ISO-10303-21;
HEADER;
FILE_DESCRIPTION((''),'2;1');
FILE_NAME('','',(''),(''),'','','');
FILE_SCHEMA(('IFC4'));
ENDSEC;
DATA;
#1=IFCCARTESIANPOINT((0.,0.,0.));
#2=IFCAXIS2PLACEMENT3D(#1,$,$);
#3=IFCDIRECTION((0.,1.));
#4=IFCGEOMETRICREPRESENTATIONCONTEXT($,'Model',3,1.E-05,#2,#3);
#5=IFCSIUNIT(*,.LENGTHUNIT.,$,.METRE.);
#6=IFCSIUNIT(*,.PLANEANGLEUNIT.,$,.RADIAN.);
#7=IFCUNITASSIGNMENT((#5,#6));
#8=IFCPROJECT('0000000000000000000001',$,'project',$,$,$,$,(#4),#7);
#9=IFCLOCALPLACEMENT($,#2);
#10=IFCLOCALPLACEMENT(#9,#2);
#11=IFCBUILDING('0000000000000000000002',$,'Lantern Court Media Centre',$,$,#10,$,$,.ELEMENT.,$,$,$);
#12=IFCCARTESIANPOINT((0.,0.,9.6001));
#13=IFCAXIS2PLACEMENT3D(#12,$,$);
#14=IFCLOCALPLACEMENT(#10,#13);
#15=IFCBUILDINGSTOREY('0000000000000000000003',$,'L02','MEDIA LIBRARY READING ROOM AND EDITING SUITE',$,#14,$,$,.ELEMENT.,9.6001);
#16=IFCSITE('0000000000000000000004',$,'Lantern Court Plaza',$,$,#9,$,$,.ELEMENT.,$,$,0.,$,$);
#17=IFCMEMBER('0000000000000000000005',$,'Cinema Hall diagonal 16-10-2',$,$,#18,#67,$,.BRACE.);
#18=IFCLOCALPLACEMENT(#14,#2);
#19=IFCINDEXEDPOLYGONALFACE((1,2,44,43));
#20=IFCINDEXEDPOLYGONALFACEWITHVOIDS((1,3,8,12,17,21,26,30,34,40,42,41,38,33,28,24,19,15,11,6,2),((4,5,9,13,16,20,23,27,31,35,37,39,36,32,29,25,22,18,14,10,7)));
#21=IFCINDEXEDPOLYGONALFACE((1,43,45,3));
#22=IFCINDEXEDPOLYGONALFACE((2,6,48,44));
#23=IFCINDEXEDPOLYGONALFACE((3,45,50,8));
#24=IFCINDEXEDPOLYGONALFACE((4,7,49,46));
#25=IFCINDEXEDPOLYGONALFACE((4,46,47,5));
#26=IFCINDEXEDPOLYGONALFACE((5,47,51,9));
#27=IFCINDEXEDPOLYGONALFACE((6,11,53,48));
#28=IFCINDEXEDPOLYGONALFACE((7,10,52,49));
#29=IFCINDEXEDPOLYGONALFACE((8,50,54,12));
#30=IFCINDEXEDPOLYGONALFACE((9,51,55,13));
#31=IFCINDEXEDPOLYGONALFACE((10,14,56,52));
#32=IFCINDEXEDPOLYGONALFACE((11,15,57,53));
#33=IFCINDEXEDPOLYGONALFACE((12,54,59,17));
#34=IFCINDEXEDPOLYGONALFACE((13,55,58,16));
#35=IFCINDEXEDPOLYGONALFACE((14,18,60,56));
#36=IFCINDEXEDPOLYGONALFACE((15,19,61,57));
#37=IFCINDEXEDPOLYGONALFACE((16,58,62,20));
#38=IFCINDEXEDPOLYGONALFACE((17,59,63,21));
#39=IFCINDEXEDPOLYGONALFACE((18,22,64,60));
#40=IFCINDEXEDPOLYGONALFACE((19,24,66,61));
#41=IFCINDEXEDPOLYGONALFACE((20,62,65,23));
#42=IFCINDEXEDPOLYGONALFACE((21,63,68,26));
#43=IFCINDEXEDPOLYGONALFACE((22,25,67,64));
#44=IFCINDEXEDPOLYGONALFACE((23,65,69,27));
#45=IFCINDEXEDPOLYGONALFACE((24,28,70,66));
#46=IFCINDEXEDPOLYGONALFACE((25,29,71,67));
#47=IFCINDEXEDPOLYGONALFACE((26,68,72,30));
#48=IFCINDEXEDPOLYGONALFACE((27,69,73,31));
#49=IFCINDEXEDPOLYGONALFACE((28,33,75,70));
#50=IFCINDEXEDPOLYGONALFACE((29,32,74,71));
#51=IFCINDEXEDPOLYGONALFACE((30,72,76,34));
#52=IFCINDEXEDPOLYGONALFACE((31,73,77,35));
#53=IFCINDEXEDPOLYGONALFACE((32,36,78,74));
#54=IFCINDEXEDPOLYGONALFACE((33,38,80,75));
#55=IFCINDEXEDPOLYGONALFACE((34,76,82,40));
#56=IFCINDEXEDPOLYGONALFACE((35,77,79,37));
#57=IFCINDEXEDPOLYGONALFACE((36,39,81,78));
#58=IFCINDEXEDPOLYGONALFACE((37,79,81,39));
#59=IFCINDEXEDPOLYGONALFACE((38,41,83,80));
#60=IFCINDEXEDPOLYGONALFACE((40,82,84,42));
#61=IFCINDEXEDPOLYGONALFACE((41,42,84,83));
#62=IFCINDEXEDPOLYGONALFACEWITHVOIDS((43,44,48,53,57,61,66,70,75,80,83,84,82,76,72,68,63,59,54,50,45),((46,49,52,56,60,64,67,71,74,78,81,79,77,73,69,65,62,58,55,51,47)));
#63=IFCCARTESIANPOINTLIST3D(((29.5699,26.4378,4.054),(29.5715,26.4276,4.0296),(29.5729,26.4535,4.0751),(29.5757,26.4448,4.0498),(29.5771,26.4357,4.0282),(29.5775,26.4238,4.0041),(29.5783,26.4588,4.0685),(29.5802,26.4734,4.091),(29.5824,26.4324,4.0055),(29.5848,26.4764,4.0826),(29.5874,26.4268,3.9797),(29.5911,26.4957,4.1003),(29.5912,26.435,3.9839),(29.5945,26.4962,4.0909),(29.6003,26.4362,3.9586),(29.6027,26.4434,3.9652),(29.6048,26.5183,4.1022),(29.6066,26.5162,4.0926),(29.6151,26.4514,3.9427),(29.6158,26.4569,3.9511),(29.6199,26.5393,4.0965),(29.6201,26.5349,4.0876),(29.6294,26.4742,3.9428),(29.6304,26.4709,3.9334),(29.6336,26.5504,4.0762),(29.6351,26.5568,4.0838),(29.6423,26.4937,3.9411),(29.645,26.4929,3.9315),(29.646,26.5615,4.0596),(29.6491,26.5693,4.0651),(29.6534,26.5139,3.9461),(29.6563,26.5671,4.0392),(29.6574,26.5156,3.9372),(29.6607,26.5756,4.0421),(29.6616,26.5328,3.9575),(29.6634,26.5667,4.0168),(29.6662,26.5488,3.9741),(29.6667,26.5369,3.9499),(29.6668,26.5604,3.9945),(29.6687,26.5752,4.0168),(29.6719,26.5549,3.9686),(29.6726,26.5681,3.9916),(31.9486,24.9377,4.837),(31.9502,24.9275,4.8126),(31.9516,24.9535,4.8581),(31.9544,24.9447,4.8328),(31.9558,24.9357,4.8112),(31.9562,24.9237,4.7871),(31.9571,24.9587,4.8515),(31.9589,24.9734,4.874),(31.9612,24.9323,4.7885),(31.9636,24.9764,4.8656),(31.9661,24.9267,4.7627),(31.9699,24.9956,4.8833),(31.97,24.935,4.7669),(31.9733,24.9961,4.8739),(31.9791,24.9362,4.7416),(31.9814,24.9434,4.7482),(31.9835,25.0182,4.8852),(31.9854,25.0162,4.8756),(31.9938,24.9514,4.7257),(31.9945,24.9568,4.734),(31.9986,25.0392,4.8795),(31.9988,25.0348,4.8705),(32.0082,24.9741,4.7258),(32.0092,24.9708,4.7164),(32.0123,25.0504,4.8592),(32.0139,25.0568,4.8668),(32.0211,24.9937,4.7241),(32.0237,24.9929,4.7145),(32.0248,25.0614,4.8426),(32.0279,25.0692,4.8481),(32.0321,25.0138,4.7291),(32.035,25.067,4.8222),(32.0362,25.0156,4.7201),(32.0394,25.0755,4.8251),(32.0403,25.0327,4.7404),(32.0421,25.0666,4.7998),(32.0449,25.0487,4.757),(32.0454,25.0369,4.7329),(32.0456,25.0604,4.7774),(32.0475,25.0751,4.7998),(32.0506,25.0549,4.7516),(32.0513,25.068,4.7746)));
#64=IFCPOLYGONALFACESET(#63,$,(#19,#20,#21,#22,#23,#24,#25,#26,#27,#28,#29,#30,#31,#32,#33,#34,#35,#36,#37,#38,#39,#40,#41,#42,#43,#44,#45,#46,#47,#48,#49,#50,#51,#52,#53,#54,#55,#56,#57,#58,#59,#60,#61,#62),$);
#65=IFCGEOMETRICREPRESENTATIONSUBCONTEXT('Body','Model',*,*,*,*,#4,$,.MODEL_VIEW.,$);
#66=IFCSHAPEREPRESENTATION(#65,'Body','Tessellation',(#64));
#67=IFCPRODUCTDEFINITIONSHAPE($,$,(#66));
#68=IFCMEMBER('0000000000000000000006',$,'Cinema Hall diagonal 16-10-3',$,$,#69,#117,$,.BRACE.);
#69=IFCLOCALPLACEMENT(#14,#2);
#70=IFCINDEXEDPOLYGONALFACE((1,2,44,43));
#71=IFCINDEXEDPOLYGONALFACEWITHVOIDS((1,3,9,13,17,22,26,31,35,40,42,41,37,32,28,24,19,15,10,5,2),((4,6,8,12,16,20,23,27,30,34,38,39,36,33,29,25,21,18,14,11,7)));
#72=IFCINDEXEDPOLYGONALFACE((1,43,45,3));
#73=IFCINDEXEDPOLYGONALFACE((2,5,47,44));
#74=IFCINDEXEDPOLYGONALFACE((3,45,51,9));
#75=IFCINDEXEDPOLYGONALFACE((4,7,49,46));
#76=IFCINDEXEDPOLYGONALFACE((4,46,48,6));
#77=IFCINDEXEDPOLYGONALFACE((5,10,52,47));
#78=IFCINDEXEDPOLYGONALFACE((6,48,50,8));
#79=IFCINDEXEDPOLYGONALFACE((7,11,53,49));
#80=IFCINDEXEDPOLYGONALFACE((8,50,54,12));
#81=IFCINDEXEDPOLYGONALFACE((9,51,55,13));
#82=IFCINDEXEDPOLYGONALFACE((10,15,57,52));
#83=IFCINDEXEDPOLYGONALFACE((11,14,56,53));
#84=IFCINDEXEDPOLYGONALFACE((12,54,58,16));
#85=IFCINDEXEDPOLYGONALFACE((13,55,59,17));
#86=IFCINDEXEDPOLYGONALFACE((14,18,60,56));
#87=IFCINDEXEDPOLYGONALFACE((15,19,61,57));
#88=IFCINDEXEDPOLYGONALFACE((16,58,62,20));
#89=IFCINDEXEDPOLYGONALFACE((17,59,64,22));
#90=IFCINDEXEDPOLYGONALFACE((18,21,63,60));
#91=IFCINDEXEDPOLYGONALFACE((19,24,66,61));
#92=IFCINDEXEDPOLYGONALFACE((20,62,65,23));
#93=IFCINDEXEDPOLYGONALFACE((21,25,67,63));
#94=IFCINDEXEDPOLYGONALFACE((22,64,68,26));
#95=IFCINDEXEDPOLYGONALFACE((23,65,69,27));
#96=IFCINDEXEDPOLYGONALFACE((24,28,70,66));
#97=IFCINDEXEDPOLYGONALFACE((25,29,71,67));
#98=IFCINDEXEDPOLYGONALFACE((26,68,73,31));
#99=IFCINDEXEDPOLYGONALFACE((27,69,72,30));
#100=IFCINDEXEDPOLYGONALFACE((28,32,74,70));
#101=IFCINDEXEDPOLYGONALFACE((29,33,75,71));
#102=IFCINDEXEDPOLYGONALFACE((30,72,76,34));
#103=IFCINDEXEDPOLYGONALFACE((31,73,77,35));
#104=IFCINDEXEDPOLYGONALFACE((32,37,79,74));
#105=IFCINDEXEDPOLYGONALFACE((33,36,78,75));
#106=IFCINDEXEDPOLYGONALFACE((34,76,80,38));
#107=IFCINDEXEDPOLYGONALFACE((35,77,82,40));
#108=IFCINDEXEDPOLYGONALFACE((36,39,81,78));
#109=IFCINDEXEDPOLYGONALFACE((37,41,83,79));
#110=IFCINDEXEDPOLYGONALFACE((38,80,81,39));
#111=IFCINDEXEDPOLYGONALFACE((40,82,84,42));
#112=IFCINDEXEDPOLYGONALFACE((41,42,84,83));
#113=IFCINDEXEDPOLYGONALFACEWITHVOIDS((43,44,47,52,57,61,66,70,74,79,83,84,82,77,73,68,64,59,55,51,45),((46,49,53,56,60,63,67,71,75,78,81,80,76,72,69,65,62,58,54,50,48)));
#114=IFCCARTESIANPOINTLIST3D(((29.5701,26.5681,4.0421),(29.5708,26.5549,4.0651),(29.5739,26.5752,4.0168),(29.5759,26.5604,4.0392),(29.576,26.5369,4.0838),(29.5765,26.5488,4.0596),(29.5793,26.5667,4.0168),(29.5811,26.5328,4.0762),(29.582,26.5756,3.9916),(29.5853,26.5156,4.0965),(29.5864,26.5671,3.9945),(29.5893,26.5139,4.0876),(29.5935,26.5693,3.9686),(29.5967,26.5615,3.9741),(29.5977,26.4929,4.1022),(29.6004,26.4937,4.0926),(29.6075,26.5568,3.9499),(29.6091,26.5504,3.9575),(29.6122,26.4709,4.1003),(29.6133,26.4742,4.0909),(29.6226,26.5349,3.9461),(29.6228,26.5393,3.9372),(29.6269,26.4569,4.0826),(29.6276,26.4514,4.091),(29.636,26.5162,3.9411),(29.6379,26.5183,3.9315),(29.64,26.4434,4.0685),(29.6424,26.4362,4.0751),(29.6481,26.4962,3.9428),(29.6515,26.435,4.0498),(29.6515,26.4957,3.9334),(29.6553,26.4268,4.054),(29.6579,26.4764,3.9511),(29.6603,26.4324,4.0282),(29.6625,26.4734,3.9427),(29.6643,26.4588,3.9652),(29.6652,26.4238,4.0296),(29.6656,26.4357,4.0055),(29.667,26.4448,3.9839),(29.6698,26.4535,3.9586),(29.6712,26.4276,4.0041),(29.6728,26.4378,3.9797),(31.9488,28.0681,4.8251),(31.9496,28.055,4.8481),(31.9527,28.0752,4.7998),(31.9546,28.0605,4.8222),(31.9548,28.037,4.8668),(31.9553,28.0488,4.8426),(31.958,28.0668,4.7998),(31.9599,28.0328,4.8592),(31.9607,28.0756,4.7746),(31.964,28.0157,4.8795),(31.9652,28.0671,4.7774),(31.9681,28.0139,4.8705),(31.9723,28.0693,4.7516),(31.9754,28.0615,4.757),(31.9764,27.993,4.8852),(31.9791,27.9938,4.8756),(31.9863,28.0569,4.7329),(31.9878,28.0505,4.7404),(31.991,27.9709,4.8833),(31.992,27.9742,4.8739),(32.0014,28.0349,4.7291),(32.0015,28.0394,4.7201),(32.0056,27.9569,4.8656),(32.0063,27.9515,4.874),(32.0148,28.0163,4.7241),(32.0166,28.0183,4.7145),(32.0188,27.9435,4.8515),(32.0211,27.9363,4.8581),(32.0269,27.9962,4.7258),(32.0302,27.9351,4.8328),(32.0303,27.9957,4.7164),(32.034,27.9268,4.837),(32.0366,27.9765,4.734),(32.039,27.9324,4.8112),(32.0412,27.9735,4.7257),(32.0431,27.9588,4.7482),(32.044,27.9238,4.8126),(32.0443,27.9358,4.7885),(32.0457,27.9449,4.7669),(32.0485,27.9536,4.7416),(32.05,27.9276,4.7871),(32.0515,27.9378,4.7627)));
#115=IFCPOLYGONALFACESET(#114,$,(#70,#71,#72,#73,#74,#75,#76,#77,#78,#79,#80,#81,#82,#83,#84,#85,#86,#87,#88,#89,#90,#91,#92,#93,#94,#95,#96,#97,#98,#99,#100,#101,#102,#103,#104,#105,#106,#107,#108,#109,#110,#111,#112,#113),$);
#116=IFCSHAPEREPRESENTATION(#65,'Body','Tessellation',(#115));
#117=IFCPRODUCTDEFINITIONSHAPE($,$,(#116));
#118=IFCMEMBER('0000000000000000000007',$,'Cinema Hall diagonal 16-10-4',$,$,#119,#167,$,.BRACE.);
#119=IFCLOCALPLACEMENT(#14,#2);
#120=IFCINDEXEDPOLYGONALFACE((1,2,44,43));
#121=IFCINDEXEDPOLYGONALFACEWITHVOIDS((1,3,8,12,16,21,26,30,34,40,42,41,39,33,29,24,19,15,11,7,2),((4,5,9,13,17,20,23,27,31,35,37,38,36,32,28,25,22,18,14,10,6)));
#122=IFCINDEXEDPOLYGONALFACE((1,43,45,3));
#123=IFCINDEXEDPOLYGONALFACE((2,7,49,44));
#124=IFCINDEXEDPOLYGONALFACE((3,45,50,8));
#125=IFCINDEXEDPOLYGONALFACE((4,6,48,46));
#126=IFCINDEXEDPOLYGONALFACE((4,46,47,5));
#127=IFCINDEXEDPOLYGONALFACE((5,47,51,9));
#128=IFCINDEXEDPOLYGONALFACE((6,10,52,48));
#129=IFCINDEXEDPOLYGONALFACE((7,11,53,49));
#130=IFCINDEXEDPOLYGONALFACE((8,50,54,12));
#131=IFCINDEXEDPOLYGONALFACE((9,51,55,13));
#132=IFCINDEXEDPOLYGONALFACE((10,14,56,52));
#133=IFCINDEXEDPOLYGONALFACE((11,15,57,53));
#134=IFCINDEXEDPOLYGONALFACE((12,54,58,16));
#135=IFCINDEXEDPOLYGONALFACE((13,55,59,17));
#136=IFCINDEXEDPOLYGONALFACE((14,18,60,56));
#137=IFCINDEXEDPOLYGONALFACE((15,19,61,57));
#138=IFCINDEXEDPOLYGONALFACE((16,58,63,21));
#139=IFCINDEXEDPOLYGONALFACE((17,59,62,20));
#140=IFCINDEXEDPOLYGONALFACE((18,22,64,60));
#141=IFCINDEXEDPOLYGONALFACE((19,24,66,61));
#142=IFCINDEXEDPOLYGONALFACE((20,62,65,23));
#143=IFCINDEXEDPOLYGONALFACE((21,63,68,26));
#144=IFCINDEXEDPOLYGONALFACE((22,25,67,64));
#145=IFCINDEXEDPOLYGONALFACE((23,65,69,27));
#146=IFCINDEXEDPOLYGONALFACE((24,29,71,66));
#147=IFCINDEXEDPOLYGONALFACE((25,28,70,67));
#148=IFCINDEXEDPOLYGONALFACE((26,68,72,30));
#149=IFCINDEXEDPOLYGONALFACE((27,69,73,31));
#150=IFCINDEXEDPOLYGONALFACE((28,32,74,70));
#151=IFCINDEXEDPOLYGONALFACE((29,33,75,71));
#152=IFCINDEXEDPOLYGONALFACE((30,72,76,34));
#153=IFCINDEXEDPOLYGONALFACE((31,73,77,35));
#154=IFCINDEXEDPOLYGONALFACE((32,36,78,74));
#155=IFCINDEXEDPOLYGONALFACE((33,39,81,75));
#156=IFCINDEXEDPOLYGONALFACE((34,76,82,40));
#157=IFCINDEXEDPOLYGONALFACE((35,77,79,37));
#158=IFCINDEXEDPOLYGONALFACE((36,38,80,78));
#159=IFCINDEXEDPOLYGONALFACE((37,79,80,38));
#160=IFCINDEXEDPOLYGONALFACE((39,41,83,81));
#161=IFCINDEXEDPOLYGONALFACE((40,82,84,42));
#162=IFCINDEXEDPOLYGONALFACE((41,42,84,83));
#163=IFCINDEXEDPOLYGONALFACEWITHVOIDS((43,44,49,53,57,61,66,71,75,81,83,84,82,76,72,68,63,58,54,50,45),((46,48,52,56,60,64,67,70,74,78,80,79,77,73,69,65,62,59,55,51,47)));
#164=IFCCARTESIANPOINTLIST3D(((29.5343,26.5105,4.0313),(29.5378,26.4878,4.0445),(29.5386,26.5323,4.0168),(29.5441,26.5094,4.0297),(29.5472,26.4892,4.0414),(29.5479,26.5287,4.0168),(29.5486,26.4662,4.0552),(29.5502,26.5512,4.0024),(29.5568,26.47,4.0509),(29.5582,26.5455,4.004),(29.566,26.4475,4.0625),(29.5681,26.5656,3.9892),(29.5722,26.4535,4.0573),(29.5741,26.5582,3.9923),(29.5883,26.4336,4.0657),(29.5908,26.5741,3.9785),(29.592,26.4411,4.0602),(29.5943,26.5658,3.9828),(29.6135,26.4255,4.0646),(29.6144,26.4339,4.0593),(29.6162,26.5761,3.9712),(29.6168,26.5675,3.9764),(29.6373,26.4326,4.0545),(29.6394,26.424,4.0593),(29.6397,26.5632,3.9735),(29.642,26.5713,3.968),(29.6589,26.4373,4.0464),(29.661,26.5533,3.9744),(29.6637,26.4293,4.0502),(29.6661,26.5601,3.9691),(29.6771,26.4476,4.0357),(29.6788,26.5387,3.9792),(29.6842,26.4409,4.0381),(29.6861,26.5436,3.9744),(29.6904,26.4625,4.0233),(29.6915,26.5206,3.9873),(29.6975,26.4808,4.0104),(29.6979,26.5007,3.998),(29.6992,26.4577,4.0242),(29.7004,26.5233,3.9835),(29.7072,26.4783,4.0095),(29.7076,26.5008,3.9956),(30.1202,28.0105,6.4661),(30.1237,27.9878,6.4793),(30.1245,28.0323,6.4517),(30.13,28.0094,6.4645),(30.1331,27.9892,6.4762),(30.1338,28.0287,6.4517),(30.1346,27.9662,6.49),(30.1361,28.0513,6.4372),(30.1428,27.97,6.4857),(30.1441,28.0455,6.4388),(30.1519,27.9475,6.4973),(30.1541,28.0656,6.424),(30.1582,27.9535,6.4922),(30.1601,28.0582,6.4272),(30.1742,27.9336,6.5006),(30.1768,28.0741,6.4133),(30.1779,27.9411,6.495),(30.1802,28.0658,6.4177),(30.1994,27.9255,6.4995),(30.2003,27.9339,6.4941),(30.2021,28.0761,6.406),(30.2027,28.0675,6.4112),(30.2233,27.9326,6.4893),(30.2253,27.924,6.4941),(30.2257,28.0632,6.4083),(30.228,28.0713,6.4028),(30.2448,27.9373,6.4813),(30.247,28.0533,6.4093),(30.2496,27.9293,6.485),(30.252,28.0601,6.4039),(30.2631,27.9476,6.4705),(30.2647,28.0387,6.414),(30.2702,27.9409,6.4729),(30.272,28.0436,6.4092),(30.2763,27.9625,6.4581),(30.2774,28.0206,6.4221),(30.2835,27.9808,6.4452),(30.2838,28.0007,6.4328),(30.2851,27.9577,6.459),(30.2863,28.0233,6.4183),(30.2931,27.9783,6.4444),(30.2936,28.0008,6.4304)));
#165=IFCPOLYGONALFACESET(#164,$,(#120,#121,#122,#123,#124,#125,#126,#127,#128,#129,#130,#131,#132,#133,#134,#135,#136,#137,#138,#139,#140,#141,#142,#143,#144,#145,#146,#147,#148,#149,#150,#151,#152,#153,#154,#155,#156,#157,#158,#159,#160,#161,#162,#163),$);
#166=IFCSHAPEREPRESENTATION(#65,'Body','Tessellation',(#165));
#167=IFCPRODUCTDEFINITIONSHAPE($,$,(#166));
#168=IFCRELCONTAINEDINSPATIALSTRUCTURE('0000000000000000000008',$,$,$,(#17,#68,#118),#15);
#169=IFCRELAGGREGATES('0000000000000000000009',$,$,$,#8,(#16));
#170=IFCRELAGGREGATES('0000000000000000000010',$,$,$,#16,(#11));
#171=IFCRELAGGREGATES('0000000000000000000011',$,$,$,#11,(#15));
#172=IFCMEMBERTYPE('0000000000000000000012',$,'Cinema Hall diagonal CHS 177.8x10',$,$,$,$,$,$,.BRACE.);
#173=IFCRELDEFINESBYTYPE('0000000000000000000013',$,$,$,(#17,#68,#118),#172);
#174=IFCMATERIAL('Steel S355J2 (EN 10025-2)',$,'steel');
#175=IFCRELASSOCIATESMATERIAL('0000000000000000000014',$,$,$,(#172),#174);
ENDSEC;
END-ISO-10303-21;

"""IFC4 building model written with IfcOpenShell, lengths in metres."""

from ifc_helpers import new_model, si_unit, direction, frame, origin, origin_2d, place, context, subcontext, project, spatial, hollow_circle, extrude, material, material_profile, profile_set, type_object, element, save


model = new_model("IFC4")

# Units and contexts
model_context = context("Model", 3, precision=1e-05, world=origin(), true_north=direction((0.0, 1.0)))
body_context = subcontext(model_context, "Body", "Model", "MODEL_VIEW")
ifc_project = project(units=[si_unit("LENGTHUNIT", "METRE"), si_unit("PLANEANGLEUNIT", "RADIAN")], contexts=[model_context])

# Site, building, storey
site_placement = place(None, origin())
site = spatial("IfcSite", under=ifc_project, at=site_placement, Name="Lantern Court Plaza", CompositionType="ELEMENT", RefElevation=0.0)
building_placement = place(site_placement, origin())
building = spatial("IfcBuilding", under=site, at=building_placement, Name="Lantern Court Media Centre", CompositionType="ELEMENT")
storey_placement = place(building_placement, frame((0.0, 0.0, 9.6001)))
storey = spatial("IfcBuildingStorey", under=building, at=storey_placement, Name="L02", Description="MEDIA LIBRARY READING ROOM AND EDITING SUITE", CompositionType="ELEMENT", Elevation=9.6001)

# Members
ifc_material_1 = material(Name="Steel S355J2 (EN 10025-2)", Category="steel")
ifc_material_profile_1 = material_profile(ifc_material_1, hollow_circle(Radius=0.0889, WallThickness=0.01, at=origin_2d()), Name="Cinema Hall diagonal CHS 177.8x10")
ifc_profile_set_1 = profile_set([ifc_material_profile_1], Name="Steel S355J2 (EN 10025-2)")
member_type_1 = type_object("IfcMemberType", Name="Cinema Hall diagonal CHS 177.8x10", PredefinedType="BRACE", material=ifc_profile_set_1)
for number, where, z_axis, x_axis, name in (
    (1, (29.6213, 26.5, 4.0168), (0.814866, -0.51386, 0.268221), (0.533405, 0.84586, 0.0), "Cinema Hall diagonal 16-10-2"),
    (2, (29.6213, 26.5, 4.0168), (0.814866, 0.51386, 0.268221), (-0.533405, 0.84586, 0.0), "Cinema Hall diagonal 16-10-3"),
    (3, (29.6213, 26.5, 4.0168), (0.20072, 0.513842, 0.834073), (-0.931457, 0.363851, 0.0), "Cinema Hall diagonal 16-10-4"),
):
    element("IfcMember", number, at=place(storey_placement, frame(where, z_axis=z_axis, x_axis=x_axis)), inside=storey, type_object=member_type_1, Name=name, PredefinedType="BRACE", context=body_context, shape_type="SweptSolid", body=[
        extrude(hollow_circle(Radius=0.0889, WallThickness=0.01, at=origin_2d()), origin(), (0.0, 0.0, 1.0), 2.9192),
    ])

save(model, "model.ifc")
